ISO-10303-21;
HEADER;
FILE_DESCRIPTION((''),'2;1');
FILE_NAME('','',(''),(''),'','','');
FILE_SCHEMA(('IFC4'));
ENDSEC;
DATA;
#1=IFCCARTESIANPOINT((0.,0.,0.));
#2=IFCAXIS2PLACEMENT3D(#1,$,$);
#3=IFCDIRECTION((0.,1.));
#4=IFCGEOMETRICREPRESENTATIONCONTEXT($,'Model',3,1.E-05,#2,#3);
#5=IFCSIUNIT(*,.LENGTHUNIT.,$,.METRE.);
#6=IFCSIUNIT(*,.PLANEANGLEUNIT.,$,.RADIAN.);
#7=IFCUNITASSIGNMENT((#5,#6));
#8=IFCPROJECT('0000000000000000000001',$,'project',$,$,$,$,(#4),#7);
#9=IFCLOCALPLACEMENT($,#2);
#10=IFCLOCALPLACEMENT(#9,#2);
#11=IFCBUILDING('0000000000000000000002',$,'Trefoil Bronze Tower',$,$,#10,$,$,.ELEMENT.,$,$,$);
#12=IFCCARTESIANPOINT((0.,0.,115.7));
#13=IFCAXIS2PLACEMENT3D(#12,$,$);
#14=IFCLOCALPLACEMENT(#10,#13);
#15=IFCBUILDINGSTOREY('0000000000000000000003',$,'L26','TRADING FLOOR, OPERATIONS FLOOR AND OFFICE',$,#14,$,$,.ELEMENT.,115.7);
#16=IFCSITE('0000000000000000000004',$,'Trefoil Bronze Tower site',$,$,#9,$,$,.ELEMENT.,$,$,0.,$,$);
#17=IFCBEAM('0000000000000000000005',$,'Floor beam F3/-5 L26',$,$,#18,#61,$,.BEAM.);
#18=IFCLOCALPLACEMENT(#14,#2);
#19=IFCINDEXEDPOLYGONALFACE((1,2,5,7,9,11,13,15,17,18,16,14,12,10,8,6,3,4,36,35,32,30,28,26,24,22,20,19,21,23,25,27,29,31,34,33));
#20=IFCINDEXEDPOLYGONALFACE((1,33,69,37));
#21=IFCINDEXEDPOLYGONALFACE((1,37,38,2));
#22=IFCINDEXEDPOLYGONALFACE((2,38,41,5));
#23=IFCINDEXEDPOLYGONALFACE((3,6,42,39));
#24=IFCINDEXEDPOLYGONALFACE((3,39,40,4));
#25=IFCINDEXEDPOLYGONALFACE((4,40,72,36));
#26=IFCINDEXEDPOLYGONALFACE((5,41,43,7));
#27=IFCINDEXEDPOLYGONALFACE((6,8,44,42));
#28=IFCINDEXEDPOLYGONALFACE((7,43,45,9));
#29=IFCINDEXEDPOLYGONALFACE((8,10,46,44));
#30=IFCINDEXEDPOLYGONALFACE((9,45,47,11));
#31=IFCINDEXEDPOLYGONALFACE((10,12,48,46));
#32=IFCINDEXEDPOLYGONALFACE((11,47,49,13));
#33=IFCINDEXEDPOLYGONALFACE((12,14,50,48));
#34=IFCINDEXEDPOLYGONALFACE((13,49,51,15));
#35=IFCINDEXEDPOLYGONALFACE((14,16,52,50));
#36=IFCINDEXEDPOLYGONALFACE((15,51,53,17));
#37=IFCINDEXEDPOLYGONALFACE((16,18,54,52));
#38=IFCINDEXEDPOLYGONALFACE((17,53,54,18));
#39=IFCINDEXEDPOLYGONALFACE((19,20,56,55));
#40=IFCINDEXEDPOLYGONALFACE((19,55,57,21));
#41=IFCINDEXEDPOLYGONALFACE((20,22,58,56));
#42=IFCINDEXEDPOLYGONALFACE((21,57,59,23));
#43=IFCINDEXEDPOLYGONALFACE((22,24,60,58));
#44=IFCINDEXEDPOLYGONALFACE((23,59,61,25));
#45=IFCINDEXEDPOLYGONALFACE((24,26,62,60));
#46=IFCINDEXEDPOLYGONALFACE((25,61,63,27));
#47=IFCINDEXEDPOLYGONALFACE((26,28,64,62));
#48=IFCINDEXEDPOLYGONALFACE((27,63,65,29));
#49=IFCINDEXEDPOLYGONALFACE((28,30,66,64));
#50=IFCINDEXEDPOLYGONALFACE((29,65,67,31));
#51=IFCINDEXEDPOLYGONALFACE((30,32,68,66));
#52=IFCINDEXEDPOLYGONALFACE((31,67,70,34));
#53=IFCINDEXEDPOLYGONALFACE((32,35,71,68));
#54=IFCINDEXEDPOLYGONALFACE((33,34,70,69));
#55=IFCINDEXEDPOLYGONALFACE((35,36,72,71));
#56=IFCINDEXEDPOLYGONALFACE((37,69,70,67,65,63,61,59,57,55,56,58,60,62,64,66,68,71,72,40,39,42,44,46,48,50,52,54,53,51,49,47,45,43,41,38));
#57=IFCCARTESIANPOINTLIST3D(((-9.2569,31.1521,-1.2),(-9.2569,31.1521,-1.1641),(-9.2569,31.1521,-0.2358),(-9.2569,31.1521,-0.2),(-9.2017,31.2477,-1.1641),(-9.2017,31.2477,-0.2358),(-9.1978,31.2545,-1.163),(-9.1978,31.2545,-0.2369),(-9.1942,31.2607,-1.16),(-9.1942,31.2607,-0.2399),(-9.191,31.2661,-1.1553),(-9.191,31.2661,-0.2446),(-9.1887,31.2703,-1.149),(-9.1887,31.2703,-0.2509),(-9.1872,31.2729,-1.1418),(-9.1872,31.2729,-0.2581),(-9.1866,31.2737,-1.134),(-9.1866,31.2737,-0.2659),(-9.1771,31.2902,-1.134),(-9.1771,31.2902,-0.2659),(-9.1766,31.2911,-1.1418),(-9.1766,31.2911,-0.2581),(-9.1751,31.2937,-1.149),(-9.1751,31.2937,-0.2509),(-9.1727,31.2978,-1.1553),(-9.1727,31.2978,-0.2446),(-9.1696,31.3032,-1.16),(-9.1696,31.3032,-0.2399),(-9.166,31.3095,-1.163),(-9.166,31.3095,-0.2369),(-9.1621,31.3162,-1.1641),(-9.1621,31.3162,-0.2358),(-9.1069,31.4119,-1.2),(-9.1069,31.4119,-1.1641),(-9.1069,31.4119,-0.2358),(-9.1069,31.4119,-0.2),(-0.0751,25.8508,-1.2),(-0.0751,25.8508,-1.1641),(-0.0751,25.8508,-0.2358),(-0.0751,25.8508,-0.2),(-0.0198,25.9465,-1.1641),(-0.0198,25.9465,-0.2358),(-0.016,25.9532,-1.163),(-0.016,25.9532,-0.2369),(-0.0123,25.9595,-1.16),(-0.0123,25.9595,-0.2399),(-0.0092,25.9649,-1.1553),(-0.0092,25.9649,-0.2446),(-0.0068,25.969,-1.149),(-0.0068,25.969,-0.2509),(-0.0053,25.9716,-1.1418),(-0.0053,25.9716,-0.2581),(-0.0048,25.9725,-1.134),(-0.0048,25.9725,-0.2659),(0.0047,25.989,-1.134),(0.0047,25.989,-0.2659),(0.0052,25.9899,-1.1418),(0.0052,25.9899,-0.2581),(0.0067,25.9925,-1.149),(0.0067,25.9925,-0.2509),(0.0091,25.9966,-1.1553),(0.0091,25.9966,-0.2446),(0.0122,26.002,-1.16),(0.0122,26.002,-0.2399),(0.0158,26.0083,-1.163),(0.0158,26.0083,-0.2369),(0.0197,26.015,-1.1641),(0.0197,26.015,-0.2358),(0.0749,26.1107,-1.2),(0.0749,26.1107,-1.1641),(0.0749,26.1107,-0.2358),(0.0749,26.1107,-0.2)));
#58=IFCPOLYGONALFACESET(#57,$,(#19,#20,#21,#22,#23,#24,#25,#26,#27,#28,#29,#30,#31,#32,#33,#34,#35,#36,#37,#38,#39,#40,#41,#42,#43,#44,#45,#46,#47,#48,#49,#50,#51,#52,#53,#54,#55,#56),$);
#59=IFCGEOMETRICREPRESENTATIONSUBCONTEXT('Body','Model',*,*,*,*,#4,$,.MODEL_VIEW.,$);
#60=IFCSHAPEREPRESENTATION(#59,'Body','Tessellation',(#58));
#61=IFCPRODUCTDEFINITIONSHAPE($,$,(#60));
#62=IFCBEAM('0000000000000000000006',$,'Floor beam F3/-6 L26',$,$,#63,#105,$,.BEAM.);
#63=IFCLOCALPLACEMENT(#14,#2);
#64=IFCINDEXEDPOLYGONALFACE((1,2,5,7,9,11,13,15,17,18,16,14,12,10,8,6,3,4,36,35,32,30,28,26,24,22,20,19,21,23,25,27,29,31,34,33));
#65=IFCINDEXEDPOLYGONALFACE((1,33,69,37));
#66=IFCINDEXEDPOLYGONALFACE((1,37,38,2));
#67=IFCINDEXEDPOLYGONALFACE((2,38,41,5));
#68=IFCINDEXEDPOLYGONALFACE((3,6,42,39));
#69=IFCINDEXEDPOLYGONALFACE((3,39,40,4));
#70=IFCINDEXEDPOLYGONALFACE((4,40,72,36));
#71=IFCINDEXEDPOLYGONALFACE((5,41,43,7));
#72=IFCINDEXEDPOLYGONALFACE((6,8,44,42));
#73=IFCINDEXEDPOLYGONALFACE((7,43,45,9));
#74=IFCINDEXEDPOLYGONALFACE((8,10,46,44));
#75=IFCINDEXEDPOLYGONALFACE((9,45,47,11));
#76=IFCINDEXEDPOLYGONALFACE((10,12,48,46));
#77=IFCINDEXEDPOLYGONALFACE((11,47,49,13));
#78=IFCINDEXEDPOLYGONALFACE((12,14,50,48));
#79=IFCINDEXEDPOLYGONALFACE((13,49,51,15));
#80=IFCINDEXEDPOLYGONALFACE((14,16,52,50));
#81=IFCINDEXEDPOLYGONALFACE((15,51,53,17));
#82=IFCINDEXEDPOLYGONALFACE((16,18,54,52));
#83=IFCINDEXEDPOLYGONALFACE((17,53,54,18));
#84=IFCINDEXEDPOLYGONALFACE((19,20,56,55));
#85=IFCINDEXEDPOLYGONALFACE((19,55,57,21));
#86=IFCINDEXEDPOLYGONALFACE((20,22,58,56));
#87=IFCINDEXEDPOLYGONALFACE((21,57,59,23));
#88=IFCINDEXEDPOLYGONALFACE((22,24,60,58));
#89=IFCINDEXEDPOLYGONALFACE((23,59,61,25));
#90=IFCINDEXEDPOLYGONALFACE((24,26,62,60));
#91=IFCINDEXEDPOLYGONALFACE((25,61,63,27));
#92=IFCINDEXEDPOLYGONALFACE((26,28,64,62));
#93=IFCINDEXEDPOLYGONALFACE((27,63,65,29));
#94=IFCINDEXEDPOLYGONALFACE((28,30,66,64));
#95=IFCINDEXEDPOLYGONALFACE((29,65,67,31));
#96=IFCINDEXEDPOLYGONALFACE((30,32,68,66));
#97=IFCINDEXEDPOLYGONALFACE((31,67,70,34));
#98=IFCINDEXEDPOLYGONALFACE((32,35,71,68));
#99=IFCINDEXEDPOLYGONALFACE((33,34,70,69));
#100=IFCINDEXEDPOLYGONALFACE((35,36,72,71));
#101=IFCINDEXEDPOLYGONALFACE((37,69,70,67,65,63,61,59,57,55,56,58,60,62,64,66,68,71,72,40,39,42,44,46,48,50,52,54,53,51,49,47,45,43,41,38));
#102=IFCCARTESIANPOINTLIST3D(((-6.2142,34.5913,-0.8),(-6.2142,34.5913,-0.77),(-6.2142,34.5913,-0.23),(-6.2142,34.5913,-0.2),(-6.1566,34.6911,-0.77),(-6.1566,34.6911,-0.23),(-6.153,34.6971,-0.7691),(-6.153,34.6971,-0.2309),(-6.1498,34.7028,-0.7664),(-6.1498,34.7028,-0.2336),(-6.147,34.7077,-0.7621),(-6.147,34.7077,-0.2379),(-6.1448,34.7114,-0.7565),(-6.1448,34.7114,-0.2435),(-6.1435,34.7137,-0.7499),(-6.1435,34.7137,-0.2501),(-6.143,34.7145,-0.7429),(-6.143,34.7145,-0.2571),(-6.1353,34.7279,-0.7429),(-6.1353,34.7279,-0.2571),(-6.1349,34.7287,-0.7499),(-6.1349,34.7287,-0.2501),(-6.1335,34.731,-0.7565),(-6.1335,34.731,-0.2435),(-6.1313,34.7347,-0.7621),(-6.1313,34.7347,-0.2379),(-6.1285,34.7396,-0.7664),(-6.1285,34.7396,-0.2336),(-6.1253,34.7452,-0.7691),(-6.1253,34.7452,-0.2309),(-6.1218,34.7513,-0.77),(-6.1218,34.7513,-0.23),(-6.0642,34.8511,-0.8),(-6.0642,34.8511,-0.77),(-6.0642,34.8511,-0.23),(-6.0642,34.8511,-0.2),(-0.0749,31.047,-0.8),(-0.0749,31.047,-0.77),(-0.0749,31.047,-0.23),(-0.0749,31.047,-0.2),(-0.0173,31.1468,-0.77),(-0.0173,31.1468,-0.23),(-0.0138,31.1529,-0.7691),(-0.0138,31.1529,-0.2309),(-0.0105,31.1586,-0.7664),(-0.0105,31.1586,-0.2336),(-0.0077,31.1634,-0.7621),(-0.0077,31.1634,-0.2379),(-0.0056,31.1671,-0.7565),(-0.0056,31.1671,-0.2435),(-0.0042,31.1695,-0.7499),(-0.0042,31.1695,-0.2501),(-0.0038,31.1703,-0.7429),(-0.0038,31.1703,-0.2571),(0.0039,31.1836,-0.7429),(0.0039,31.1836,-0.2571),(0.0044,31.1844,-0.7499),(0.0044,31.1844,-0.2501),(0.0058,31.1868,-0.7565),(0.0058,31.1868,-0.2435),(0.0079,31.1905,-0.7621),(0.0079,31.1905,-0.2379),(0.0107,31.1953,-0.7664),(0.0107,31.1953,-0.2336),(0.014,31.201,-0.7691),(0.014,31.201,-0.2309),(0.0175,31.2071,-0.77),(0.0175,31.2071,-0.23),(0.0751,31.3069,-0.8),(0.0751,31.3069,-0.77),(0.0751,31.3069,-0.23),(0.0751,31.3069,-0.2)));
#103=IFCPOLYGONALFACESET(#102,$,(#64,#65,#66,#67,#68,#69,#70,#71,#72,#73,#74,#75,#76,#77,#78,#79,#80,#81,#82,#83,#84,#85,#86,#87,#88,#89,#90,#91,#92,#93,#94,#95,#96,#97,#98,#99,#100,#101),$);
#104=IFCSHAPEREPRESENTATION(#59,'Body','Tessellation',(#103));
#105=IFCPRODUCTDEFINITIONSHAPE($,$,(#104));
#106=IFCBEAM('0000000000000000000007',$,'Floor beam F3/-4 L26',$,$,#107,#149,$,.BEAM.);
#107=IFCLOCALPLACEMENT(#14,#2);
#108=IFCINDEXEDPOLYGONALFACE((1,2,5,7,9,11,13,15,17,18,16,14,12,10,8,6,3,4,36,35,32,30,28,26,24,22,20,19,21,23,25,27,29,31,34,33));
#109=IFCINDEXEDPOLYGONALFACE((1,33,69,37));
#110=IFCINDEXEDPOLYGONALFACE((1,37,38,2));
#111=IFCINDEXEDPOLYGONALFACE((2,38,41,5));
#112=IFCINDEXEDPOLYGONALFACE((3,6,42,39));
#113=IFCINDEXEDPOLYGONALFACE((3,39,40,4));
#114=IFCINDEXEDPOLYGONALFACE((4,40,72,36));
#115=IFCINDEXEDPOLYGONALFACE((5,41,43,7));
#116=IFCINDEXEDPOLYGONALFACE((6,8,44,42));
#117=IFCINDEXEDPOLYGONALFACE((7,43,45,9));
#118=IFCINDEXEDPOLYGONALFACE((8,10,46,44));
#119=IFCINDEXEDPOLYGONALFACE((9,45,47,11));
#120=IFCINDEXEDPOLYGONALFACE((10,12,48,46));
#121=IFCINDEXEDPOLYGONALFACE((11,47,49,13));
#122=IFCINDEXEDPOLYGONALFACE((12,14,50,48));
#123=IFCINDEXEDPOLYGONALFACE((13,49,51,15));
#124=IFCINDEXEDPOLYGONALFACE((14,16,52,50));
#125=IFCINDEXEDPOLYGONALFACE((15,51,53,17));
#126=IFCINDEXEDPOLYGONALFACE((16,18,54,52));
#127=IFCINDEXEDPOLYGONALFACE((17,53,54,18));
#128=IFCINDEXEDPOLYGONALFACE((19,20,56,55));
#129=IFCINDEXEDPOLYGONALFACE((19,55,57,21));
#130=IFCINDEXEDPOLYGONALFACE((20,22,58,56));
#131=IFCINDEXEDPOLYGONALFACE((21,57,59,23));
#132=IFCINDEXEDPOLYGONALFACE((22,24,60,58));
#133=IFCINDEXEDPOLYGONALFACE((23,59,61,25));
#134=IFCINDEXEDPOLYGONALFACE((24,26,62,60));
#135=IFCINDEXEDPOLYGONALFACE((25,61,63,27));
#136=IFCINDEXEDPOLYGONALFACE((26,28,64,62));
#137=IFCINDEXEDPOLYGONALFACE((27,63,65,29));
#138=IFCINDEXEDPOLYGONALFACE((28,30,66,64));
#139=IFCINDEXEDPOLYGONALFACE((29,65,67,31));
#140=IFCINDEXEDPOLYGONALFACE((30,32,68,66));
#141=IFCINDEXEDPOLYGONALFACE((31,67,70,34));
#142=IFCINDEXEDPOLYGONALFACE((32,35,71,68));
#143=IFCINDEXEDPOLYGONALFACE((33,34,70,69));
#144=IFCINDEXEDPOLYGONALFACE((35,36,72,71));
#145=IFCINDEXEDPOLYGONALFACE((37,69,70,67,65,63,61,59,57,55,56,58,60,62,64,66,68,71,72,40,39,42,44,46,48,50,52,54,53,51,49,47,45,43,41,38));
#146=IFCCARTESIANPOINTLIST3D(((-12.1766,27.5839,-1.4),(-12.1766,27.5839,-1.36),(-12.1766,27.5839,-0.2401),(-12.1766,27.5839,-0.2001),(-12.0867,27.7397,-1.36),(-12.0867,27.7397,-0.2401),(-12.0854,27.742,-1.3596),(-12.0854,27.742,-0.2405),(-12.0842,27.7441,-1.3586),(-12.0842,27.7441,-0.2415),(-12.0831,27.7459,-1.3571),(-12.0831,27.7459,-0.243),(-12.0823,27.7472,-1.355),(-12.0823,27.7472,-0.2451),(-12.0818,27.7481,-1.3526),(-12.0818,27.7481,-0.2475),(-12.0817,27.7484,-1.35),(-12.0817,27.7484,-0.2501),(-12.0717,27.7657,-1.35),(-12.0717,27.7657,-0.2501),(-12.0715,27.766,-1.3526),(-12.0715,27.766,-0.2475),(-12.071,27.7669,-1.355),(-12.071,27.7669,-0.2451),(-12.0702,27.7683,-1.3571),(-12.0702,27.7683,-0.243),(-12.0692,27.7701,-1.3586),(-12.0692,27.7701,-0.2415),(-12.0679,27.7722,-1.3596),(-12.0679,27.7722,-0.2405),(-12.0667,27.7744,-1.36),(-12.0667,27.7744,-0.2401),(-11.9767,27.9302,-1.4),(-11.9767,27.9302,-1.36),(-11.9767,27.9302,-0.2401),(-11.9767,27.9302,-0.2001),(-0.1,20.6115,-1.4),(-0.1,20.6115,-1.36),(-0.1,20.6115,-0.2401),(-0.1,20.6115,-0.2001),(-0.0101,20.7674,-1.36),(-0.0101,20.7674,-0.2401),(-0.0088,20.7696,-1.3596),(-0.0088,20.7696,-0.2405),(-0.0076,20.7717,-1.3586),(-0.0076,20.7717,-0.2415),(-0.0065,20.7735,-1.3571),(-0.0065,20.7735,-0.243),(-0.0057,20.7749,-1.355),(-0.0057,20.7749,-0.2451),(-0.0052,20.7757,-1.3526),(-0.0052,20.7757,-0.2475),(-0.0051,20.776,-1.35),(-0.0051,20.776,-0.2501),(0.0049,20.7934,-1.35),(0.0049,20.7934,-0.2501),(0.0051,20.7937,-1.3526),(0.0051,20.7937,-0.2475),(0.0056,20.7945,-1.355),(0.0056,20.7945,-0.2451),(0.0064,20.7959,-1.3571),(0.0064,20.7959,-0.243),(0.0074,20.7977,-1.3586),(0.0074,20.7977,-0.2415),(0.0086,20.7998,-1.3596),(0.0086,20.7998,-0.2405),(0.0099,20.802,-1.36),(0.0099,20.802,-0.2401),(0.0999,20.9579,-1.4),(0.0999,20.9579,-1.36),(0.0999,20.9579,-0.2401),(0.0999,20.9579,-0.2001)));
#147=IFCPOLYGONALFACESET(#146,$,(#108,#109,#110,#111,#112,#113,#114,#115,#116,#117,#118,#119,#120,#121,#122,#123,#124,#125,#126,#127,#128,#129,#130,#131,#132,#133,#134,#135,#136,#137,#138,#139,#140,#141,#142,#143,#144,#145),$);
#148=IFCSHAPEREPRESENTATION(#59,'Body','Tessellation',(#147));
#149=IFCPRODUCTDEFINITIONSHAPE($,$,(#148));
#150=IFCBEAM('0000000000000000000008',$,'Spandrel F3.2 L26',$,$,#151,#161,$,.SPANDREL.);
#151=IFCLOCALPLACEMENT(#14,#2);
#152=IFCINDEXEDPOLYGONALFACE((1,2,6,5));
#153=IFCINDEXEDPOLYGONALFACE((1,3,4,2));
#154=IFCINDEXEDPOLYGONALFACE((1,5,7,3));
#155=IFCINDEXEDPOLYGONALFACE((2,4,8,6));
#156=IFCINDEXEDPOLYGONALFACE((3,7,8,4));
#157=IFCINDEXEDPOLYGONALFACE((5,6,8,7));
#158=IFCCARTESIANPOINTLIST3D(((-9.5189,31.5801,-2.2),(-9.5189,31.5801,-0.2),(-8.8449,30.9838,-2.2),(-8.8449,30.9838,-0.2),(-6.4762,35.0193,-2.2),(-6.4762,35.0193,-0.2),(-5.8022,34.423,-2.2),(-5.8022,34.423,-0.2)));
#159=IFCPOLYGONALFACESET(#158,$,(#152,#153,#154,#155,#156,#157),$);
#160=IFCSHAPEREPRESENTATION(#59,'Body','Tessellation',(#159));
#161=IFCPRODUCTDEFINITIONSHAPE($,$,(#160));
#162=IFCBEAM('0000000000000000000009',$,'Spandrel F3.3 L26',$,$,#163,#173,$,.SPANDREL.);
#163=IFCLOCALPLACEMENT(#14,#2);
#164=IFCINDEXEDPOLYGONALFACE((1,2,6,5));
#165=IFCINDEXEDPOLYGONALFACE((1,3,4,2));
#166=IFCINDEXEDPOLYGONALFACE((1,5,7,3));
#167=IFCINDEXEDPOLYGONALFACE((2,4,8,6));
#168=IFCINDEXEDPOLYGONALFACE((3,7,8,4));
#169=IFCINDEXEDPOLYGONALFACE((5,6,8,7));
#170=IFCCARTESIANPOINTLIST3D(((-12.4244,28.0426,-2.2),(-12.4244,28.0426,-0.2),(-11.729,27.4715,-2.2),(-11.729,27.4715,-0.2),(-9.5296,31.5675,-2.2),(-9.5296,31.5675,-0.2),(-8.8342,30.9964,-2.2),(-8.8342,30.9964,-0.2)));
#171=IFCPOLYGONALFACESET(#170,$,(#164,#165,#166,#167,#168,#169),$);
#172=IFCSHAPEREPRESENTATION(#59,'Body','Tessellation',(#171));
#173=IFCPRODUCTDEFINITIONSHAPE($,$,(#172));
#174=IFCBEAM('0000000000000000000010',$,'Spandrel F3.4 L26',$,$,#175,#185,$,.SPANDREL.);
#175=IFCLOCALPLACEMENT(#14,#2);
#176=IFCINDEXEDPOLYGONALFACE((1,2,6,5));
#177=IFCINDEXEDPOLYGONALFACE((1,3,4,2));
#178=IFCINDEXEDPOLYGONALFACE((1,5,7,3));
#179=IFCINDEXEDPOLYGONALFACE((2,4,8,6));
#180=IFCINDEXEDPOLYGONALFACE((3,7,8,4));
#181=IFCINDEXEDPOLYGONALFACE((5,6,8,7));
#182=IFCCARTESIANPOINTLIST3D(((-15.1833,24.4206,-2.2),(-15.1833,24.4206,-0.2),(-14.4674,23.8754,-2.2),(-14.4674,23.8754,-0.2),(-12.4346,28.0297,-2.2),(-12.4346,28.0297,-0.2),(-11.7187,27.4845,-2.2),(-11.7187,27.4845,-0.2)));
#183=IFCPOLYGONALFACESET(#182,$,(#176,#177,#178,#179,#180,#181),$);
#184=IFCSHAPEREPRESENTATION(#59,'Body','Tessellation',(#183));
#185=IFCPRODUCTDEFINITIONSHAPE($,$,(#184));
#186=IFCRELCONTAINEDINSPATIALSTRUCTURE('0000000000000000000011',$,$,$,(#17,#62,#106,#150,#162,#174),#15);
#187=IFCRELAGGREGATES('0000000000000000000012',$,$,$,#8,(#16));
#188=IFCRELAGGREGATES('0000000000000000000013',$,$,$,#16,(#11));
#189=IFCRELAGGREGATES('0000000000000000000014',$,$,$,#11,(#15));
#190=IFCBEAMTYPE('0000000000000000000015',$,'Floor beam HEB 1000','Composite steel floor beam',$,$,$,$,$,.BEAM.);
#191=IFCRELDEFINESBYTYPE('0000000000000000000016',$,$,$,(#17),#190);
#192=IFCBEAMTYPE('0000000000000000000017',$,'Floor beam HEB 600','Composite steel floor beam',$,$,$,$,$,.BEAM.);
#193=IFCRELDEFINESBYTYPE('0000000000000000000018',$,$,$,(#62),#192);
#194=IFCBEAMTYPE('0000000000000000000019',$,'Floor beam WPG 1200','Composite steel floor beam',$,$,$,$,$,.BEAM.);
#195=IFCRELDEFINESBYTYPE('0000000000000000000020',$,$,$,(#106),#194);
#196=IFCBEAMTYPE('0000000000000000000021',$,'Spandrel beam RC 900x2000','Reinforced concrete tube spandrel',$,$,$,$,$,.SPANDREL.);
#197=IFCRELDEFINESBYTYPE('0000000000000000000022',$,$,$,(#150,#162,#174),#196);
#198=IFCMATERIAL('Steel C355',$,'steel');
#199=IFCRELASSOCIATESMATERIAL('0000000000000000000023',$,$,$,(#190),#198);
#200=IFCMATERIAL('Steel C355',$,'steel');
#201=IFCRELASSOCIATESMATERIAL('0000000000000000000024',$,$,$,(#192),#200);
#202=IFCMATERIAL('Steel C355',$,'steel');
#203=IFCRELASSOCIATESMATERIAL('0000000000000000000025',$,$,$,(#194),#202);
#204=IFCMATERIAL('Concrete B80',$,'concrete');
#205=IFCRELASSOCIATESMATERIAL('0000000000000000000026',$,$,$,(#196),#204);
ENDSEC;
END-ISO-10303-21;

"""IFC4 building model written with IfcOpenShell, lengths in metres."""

from ifc_helpers import new_model, si_unit, direction, frame, origin, origin_2d, place, context, subcontext, project, spatial, rectangle, i_section, extrude, material, material_profile, profile_set, type_object, element, save


model = new_model("IFC4")

# Units and contexts
model_context = context("Model", 3, precision=1e-05, world=origin(), true_north=direction((0.0, 1.0)))
body_context = subcontext(model_context, "Body", "Model", "MODEL_VIEW")
ifc_project = project(units=[si_unit("LENGTHUNIT", "METRE"), si_unit("PLANEANGLEUNIT", "RADIAN")], contexts=[model_context])

# Site, building, storey
site_placement = place(None, origin())
site = spatial("IfcSite", under=ifc_project, at=site_placement, Name="Trefoil Bronze Tower site", CompositionType="ELEMENT", RefElevation=0.0)
building_placement = place(site_placement, origin())
building = spatial("IfcBuilding", under=site, at=building_placement, Name="Trefoil Bronze Tower", CompositionType="ELEMENT")
storey_placement = place(building_placement, frame((0.0, 0.0, 115.7)))
storey = spatial("IfcBuildingStorey", under=building, at=storey_placement, Name="L26", Description="TRADING FLOOR, OPERATIONS FLOOR AND OFFICE", CompositionType="ELEMENT", Elevation=115.7)

# Beams
ifc_material_1 = material(Name="Steel C355", Category="steel")
ifc_material_profile_1 = material_profile(ifc_material_1, i_section(OverallWidth=0.3, OverallDepth=1.0, WebThickness=0.019, FlangeThickness=0.0359, FilletRadius=0.03, at=origin_2d()), Name="HEB 1000")
ifc_profile_set_1 = profile_set([ifc_material_profile_1], Name="Steel C355")
beam_type_1 = type_object("IfcBeamType", Name="Floor beam HEB 1000", Description="Composite steel floor beam", PredefinedType="BEAM", material=ifc_profile_set_1)
beam_1_placement = place(storey_placement, frame((-9.1819, 31.282, -0.7), z_axis=(0.866021, -0.500007, 0.0), x_axis=(0.500007, 0.866021, 0.0)))
element("IfcBeam", 1, at=beam_1_placement, inside=storey, type_object=beam_type_1, Name="Floor beam F3/-5 L26", PredefinedType="BEAM", context=body_context, shape_type="SweptSolid", body=[
    extrude(i_section(OverallWidth=0.3, OverallDepth=1.0, WebThickness=0.019, FlangeThickness=0.0359, FilletRadius=0.03, at=origin_2d()), origin(), (0.0, 0.0, 1.0), 10.6023),
])
ifc_material_2 = material(Name="Steel C355", Category="steel")
ifc_material_profile_2 = material_profile(ifc_material_2, i_section(OverallWidth=0.3, OverallDepth=0.6001, WebThickness=0.0154, FlangeThickness=0.03, FilletRadius=0.0271, at=origin_2d()), Name="HEB 600")
ifc_profile_set_2 = profile_set([ifc_material_profile_2], Name="Steel C355")
beam_type_2 = type_object("IfcBeamType", Name="Floor beam HEB 600", Description="Composite steel floor beam", PredefinedType="BEAM", material=ifc_profile_set_2)
beam_2_placement = place(storey_placement, frame((-6.1392, 34.7212, -0.5), z_axis=(0.866041, -0.499973, 0.0), x_axis=(0.499973, 0.866041, 0.0)))
element("IfcBeam", 2, at=beam_2_placement, inside=storey, type_object=beam_type_2, Name="Floor beam F3/-6 L26", PredefinedType="BEAM", context=body_context, shape_type="SweptSolid", body=[
    extrude(i_section(OverallWidth=0.3, OverallDepth=0.6001, WebThickness=0.0154, FlangeThickness=0.03, FilletRadius=0.0271, at=origin_2d()), origin(), (0.0, 0.0, 1.0), 7.0889),
])
ifc_material_3 = material(Name="Steel C355", Category="steel")
ifc_material_profile_3 = material_profile(ifc_material_3, i_section(OverallWidth=0.3999, OverallDepth=1.2, WebThickness=0.02, FlangeThickness=0.04, FilletRadius=0.01, at=origin_2d()), Name="WPG 1200")
ifc_profile_set_3 = profile_set([ifc_material_profile_3], Name="Steel C355")
beam_type_3 = type_object("IfcBeamType", Name="Floor beam WPG 1200", Description="Composite steel floor beam", PredefinedType="BEAM", material=ifc_profile_set_3)
beam_3_placement = place(storey_placement, frame((-12.0767, 27.7571, -0.8), z_axis=(0.866027, -0.499997, 0.0), x_axis=(0.499997, 0.866027, 0.0)))
element("IfcBeam", 3, at=beam_3_placement, inside=storey, type_object=beam_type_3, Name="Floor beam F3/-4 L26", PredefinedType="BEAM", context=body_context, shape_type="SweptSolid", body=[
    extrude(i_section(OverallWidth=0.3999, OverallDepth=1.2, WebThickness=0.02, FlangeThickness=0.04, FilletRadius=0.01, at=origin_2d()), origin(), (0.0, 0.0, 1.0), 13.9448),
])
ifc_material_4 = material(Name="Concrete B80", Category="concrete")
ifc_material_profile_4 = material_profile(ifc_material_4, rectangle(XDim=0.8999, YDim=2.0, at=origin_2d()), Name="RC 900x2000")
ifc_profile_set_4 = profile_set([ifc_material_profile_4], Name="Concrete B80")
beam_type_4 = type_object("IfcBeamType", Name="Spandrel beam RC 900x2000", Description="Reinforced concrete tube spandrel", PredefinedType="SPANDREL", material=ifc_profile_set_4)
beam_4_placement = place(storey_placement, frame((-6.1392, 34.7212, -1.2), z_axis=(-0.662616, -0.748959, 0.0), x_axis=(0.748959, -0.662616, 0.0)))
element("IfcBeam", 4, at=beam_4_placement, inside=storey, type_object=beam_type_4, Name="Spandrel F3.2 L26", PredefinedType="SPANDREL", context=body_context, shape_type="SweptSolid", body=[
    extrude(rectangle(XDim=0.8999, YDim=2.0, at=origin_2d()), origin(), (0.0, 0.0, 1.0), 4.592),
])
beam_5_placement = place(storey_placement, frame((-9.1819, 31.282, -1.2), z_axis=(-0.63465, -0.772799, 0.0), x_axis=(0.772799, -0.63465, 0.0)))
element("IfcBeam", 5, at=beam_5_placement, inside=storey, type_object=beam_type_4, Name="Spandrel F3.3 L26", PredefinedType="SPANDREL", context=body_context, shape_type="SweptSolid", body=[
    extrude(rectangle(XDim=0.8999, YDim=2.0, at=origin_2d()), origin(), (0.0, 0.0, 1.0), 4.5613),
])
beam_6_placement = place(storey_placement, frame((-12.0767, 27.7571, -1.2), z_axis=(-0.605899, -0.795542, 0.0), x_axis=(0.795542, -0.605899, 0.0)))
element("IfcBeam", 6, at=beam_6_placement, inside=storey, type_object=beam_type_4, Name="Spandrel F3.4 L26", PredefinedType="SPANDREL", context=body_context, shape_type="SweptSolid", body=[
    extrude(rectangle(XDim=0.8999, YDim=2.0, at=origin_2d()), origin(), (0.0, 0.0, 1.0), 4.5366),
])

save(model, "model.ifc")
